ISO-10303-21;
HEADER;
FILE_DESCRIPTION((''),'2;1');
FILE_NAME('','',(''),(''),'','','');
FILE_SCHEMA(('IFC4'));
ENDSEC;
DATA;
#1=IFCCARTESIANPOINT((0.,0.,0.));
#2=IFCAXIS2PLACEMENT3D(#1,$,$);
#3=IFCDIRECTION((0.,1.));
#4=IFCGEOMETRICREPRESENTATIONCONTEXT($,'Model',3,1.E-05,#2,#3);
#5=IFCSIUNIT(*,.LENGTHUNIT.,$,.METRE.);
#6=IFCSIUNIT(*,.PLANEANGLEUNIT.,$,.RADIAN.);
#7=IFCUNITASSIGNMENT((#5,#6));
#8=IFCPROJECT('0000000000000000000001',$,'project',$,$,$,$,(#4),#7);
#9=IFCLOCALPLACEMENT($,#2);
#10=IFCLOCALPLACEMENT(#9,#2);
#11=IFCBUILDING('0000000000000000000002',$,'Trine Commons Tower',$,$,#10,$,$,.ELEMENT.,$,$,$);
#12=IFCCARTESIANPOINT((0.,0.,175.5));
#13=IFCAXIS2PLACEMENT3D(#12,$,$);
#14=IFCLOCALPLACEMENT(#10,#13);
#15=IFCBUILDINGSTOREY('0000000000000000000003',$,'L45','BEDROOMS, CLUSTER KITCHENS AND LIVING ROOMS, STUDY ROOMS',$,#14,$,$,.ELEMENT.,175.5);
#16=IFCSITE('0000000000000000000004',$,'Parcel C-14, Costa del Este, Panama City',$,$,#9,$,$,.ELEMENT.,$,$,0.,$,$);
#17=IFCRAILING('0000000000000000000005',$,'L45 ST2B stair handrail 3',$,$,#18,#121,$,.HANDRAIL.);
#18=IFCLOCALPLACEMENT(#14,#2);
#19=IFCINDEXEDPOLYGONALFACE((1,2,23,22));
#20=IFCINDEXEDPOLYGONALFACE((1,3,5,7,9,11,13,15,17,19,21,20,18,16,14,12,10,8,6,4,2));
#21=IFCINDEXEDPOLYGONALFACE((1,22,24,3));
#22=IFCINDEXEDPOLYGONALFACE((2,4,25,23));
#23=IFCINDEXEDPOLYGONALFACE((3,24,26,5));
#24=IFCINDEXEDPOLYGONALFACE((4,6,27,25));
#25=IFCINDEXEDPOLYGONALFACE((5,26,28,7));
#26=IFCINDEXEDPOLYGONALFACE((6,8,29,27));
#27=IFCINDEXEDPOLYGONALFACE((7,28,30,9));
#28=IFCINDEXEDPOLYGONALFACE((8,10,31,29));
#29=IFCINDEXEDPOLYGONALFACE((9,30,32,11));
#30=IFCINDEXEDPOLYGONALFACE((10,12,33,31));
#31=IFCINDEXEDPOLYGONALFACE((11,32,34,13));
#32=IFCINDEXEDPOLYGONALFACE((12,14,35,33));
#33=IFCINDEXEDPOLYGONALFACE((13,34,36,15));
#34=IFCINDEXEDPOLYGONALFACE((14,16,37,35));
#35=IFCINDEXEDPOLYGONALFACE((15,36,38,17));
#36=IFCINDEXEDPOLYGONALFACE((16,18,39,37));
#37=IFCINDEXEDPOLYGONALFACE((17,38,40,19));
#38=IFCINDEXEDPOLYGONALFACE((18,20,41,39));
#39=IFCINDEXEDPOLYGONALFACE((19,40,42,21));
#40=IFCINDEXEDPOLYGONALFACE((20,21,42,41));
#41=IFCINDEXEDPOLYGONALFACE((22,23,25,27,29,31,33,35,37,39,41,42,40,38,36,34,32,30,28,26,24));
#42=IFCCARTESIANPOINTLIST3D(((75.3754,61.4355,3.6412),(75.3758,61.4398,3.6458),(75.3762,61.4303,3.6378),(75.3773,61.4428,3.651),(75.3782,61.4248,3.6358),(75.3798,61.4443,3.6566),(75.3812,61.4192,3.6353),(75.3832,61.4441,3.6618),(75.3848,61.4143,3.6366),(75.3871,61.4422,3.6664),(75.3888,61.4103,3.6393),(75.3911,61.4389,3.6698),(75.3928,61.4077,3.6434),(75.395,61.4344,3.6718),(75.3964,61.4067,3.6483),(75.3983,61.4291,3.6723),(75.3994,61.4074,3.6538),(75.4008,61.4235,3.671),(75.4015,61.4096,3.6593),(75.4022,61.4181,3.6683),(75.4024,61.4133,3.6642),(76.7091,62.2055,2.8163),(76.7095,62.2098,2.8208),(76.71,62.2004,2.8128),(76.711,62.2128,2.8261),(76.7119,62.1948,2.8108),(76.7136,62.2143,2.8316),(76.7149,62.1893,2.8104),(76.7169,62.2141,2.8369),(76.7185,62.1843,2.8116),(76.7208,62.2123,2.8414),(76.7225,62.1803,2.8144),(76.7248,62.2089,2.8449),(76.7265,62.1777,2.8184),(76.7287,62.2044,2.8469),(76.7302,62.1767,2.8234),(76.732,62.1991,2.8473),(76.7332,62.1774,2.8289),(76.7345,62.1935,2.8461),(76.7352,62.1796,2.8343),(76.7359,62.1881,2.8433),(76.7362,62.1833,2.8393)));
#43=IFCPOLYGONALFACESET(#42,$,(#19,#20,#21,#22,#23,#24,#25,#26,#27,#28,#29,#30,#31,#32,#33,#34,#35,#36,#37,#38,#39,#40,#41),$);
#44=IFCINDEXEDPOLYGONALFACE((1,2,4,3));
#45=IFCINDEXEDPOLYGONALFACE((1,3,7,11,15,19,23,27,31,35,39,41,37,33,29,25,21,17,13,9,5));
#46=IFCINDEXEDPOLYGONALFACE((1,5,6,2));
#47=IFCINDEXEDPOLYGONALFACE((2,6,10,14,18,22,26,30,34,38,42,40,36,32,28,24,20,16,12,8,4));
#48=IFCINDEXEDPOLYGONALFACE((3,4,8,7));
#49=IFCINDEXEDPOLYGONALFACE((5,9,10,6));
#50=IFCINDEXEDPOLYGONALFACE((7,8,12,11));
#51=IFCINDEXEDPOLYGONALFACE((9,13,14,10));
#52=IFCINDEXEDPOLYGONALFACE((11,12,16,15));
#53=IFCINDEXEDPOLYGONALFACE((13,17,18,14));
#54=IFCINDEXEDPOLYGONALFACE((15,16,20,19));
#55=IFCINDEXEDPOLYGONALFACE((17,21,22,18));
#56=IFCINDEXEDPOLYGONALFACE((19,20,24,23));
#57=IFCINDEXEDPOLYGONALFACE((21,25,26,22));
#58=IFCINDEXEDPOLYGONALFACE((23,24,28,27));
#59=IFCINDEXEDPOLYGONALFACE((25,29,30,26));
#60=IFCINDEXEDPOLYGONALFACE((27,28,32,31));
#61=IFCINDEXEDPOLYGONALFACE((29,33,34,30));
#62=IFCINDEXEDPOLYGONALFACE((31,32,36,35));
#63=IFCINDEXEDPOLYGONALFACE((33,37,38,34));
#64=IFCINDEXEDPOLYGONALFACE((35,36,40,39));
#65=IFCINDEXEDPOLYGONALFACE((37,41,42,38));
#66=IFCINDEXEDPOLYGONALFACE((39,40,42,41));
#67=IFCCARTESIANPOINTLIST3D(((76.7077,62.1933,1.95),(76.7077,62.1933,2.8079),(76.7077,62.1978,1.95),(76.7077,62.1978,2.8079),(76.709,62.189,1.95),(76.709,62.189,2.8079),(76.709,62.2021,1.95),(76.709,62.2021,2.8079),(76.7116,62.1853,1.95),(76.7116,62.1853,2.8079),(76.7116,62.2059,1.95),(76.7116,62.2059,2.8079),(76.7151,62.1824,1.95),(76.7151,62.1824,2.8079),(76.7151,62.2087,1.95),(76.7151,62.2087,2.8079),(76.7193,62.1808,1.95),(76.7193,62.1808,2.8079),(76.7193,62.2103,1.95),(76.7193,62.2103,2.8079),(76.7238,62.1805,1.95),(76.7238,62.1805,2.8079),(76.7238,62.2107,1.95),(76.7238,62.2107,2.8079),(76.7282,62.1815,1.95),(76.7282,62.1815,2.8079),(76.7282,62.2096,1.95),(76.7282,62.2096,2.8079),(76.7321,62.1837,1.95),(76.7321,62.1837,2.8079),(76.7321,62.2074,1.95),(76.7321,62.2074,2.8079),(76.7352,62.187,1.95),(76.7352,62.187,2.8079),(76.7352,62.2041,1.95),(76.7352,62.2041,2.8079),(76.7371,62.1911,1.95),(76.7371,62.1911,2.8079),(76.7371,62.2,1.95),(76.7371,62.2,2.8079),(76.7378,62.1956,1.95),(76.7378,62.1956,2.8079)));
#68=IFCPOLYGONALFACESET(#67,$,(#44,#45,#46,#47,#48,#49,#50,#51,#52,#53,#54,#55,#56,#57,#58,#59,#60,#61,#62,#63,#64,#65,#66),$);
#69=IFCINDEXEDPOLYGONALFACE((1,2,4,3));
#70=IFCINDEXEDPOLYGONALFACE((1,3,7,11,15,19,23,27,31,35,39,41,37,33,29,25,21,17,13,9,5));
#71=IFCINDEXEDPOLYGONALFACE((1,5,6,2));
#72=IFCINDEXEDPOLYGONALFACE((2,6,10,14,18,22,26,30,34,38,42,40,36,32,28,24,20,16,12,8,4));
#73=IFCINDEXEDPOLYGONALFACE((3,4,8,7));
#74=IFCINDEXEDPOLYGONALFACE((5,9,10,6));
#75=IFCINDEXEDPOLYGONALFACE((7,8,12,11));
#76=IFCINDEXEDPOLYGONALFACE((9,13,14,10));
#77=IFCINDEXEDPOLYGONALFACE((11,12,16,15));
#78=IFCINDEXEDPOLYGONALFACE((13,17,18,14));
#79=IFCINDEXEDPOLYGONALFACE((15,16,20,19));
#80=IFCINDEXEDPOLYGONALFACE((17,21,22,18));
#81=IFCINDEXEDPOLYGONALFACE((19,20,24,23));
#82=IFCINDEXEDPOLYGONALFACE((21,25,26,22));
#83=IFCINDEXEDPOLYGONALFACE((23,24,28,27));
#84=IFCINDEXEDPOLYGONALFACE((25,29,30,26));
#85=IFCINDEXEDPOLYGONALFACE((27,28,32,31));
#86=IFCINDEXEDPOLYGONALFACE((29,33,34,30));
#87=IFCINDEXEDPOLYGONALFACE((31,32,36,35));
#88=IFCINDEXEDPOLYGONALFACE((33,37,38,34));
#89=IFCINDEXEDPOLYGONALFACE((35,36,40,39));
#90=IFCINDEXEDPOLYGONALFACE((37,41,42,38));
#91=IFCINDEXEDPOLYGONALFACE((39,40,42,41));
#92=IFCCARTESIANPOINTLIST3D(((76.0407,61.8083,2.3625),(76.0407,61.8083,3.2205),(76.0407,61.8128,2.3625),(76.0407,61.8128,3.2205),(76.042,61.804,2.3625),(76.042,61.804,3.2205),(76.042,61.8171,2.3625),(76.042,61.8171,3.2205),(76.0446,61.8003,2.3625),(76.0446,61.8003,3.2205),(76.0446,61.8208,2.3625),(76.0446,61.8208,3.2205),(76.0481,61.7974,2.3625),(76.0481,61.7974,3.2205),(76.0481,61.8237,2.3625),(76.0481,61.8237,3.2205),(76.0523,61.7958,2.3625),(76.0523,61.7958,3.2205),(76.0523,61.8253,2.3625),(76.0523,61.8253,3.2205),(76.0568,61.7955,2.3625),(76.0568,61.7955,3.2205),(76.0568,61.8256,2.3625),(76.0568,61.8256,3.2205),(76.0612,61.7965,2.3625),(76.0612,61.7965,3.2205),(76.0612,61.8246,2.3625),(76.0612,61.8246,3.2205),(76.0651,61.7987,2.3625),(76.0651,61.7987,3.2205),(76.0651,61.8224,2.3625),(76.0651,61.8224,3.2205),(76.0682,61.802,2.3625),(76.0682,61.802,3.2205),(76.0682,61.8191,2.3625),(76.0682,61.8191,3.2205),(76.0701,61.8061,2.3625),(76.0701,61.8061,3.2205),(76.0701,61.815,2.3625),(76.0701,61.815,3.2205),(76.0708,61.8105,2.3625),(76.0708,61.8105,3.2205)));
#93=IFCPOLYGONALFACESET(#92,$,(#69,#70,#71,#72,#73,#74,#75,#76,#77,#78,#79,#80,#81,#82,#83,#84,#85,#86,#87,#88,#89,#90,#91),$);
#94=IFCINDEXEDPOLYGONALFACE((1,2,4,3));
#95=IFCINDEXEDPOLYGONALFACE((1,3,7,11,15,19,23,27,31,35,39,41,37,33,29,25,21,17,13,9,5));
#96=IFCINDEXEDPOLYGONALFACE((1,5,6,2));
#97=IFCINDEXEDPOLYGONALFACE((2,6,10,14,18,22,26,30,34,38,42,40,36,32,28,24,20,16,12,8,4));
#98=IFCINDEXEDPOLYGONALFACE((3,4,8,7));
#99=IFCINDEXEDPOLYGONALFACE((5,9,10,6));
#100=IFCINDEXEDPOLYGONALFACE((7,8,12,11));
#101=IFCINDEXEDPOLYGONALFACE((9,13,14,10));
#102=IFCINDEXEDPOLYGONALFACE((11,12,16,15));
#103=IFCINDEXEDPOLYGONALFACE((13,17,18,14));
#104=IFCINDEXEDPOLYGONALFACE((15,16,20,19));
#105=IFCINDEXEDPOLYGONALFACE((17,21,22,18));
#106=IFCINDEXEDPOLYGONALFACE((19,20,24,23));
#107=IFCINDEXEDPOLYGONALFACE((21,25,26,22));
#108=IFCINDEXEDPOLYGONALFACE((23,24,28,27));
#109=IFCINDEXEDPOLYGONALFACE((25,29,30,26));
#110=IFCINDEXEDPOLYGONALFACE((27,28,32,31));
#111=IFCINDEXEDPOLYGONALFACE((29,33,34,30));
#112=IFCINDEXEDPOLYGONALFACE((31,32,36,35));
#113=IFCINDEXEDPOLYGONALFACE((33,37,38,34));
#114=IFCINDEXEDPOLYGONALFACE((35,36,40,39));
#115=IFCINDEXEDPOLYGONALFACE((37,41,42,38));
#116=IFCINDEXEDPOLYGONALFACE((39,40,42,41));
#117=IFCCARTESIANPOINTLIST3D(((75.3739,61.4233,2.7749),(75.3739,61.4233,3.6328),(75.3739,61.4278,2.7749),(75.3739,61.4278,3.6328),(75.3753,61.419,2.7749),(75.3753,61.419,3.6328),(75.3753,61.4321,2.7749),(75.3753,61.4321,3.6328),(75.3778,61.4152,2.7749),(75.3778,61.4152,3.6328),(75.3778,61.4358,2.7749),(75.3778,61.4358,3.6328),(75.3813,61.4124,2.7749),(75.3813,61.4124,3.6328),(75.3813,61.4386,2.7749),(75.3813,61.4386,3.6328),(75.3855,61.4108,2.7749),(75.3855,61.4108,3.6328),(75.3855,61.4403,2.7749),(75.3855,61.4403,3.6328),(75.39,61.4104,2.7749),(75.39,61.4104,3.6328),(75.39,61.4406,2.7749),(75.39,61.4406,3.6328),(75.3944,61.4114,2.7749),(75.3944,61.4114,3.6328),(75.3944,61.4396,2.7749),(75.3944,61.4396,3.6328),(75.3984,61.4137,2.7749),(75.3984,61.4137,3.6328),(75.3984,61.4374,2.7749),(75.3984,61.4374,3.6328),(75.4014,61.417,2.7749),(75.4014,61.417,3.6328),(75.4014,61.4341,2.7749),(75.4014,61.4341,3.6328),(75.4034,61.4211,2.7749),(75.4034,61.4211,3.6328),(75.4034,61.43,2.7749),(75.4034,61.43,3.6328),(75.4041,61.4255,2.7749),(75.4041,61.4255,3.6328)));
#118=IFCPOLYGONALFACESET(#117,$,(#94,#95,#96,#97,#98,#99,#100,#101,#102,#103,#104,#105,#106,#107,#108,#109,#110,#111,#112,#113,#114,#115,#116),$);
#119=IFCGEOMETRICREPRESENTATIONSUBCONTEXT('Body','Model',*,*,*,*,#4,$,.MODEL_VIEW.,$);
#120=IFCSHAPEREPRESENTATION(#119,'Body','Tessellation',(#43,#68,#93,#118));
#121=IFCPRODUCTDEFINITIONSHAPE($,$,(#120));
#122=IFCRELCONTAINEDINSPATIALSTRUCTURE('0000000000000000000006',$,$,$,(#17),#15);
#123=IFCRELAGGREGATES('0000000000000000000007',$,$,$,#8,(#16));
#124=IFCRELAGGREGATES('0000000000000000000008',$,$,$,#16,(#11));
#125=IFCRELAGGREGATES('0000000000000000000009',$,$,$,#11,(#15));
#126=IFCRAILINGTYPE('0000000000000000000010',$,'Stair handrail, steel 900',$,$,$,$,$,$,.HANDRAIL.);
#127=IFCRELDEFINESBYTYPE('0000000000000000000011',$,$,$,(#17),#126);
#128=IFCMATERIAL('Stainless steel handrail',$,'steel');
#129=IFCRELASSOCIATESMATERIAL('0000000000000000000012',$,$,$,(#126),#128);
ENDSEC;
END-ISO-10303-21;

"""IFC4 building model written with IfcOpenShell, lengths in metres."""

from ifc_helpers import new_model, si_unit, direction, frame, origin, origin_2d, place, context, subcontext, project, spatial, circle, extrude, material, type_object, element, save


model = new_model("IFC4")

# Units and contexts
model_context = context("Model", 3, precision=1e-05, world=origin(), true_north=direction((0.0, 1.0)))
body_context = subcontext(model_context, "Body", "Model", "MODEL_VIEW")
ifc_project = project(units=[si_unit("LENGTHUNIT", "METRE"), si_unit("PLANEANGLEUNIT", "RADIAN")], contexts=[model_context])

# Site, building, storey
site_placement = place(None, origin())
site = spatial("IfcSite", under=ifc_project, at=site_placement, Name="Parcel C-14, Costa del Este, Panama City", CompositionType="ELEMENT", RefElevation=0.0)
building_placement = place(site_placement, origin())
building = spatial("IfcBuilding", under=site, at=building_placement, Name="Trine Commons Tower", CompositionType="ELEMENT")
storey_placement = place(building_placement, frame((0.0, 0.0, 175.5)))
storey = spatial("IfcBuildingStorey", under=building, at=storey_placement, Name="L45", Description="BEDROOMS, CLUSTER KITCHENS AND LIVING ROOMS, STUDY ROOMS", CompositionType="ELEMENT", Elevation=175.5)

# Railing
ifc_material_1 = material(Name="Stainless steel handrail", Category="steel")
railing_type_1 = type_object("IfcRailingType", Name="Stair handrail, steel 900", PredefinedType="HANDRAIL", material=ifc_material_1)
railing_1_placement = place(storey_placement, frame((76.7227, 62.1956, 1.95)))
element("IfcRailing", 1, at=railing_1_placement, inside=storey, type_object=railing_type_1, Name="L45 ST2B stair handrail 3", PredefinedType="HANDRAIL", context=body_context, shape_type="SweptSolid", body=[
    extrude(circle(Radius=0.021, at=origin_2d()), frame((0.0, 0.0, 0.8789), z_axis=(-0.763405, -0.440743, 0.472185), x_axis=(0.499992, -0.86603, 0.0)), (0.0, 0.0, 1.0), 1.7471),
    extrude(circle(Radius=0.0151, at=origin_2d()), origin(), (0.0, 0.0, 1.0), 0.8579),
    extrude(circle(Radius=0.0151, at=origin_2d()), frame((-0.667, -0.385, 0.4126)), (0.0, 0.0, 1.0), 0.8579),
    extrude(circle(Radius=0.0151, at=origin_2d()), frame((-1.3337, -0.77, 0.825)), (0.0, 0.0, 1.0), 0.8579),
])

save(model, "model.ifc")
